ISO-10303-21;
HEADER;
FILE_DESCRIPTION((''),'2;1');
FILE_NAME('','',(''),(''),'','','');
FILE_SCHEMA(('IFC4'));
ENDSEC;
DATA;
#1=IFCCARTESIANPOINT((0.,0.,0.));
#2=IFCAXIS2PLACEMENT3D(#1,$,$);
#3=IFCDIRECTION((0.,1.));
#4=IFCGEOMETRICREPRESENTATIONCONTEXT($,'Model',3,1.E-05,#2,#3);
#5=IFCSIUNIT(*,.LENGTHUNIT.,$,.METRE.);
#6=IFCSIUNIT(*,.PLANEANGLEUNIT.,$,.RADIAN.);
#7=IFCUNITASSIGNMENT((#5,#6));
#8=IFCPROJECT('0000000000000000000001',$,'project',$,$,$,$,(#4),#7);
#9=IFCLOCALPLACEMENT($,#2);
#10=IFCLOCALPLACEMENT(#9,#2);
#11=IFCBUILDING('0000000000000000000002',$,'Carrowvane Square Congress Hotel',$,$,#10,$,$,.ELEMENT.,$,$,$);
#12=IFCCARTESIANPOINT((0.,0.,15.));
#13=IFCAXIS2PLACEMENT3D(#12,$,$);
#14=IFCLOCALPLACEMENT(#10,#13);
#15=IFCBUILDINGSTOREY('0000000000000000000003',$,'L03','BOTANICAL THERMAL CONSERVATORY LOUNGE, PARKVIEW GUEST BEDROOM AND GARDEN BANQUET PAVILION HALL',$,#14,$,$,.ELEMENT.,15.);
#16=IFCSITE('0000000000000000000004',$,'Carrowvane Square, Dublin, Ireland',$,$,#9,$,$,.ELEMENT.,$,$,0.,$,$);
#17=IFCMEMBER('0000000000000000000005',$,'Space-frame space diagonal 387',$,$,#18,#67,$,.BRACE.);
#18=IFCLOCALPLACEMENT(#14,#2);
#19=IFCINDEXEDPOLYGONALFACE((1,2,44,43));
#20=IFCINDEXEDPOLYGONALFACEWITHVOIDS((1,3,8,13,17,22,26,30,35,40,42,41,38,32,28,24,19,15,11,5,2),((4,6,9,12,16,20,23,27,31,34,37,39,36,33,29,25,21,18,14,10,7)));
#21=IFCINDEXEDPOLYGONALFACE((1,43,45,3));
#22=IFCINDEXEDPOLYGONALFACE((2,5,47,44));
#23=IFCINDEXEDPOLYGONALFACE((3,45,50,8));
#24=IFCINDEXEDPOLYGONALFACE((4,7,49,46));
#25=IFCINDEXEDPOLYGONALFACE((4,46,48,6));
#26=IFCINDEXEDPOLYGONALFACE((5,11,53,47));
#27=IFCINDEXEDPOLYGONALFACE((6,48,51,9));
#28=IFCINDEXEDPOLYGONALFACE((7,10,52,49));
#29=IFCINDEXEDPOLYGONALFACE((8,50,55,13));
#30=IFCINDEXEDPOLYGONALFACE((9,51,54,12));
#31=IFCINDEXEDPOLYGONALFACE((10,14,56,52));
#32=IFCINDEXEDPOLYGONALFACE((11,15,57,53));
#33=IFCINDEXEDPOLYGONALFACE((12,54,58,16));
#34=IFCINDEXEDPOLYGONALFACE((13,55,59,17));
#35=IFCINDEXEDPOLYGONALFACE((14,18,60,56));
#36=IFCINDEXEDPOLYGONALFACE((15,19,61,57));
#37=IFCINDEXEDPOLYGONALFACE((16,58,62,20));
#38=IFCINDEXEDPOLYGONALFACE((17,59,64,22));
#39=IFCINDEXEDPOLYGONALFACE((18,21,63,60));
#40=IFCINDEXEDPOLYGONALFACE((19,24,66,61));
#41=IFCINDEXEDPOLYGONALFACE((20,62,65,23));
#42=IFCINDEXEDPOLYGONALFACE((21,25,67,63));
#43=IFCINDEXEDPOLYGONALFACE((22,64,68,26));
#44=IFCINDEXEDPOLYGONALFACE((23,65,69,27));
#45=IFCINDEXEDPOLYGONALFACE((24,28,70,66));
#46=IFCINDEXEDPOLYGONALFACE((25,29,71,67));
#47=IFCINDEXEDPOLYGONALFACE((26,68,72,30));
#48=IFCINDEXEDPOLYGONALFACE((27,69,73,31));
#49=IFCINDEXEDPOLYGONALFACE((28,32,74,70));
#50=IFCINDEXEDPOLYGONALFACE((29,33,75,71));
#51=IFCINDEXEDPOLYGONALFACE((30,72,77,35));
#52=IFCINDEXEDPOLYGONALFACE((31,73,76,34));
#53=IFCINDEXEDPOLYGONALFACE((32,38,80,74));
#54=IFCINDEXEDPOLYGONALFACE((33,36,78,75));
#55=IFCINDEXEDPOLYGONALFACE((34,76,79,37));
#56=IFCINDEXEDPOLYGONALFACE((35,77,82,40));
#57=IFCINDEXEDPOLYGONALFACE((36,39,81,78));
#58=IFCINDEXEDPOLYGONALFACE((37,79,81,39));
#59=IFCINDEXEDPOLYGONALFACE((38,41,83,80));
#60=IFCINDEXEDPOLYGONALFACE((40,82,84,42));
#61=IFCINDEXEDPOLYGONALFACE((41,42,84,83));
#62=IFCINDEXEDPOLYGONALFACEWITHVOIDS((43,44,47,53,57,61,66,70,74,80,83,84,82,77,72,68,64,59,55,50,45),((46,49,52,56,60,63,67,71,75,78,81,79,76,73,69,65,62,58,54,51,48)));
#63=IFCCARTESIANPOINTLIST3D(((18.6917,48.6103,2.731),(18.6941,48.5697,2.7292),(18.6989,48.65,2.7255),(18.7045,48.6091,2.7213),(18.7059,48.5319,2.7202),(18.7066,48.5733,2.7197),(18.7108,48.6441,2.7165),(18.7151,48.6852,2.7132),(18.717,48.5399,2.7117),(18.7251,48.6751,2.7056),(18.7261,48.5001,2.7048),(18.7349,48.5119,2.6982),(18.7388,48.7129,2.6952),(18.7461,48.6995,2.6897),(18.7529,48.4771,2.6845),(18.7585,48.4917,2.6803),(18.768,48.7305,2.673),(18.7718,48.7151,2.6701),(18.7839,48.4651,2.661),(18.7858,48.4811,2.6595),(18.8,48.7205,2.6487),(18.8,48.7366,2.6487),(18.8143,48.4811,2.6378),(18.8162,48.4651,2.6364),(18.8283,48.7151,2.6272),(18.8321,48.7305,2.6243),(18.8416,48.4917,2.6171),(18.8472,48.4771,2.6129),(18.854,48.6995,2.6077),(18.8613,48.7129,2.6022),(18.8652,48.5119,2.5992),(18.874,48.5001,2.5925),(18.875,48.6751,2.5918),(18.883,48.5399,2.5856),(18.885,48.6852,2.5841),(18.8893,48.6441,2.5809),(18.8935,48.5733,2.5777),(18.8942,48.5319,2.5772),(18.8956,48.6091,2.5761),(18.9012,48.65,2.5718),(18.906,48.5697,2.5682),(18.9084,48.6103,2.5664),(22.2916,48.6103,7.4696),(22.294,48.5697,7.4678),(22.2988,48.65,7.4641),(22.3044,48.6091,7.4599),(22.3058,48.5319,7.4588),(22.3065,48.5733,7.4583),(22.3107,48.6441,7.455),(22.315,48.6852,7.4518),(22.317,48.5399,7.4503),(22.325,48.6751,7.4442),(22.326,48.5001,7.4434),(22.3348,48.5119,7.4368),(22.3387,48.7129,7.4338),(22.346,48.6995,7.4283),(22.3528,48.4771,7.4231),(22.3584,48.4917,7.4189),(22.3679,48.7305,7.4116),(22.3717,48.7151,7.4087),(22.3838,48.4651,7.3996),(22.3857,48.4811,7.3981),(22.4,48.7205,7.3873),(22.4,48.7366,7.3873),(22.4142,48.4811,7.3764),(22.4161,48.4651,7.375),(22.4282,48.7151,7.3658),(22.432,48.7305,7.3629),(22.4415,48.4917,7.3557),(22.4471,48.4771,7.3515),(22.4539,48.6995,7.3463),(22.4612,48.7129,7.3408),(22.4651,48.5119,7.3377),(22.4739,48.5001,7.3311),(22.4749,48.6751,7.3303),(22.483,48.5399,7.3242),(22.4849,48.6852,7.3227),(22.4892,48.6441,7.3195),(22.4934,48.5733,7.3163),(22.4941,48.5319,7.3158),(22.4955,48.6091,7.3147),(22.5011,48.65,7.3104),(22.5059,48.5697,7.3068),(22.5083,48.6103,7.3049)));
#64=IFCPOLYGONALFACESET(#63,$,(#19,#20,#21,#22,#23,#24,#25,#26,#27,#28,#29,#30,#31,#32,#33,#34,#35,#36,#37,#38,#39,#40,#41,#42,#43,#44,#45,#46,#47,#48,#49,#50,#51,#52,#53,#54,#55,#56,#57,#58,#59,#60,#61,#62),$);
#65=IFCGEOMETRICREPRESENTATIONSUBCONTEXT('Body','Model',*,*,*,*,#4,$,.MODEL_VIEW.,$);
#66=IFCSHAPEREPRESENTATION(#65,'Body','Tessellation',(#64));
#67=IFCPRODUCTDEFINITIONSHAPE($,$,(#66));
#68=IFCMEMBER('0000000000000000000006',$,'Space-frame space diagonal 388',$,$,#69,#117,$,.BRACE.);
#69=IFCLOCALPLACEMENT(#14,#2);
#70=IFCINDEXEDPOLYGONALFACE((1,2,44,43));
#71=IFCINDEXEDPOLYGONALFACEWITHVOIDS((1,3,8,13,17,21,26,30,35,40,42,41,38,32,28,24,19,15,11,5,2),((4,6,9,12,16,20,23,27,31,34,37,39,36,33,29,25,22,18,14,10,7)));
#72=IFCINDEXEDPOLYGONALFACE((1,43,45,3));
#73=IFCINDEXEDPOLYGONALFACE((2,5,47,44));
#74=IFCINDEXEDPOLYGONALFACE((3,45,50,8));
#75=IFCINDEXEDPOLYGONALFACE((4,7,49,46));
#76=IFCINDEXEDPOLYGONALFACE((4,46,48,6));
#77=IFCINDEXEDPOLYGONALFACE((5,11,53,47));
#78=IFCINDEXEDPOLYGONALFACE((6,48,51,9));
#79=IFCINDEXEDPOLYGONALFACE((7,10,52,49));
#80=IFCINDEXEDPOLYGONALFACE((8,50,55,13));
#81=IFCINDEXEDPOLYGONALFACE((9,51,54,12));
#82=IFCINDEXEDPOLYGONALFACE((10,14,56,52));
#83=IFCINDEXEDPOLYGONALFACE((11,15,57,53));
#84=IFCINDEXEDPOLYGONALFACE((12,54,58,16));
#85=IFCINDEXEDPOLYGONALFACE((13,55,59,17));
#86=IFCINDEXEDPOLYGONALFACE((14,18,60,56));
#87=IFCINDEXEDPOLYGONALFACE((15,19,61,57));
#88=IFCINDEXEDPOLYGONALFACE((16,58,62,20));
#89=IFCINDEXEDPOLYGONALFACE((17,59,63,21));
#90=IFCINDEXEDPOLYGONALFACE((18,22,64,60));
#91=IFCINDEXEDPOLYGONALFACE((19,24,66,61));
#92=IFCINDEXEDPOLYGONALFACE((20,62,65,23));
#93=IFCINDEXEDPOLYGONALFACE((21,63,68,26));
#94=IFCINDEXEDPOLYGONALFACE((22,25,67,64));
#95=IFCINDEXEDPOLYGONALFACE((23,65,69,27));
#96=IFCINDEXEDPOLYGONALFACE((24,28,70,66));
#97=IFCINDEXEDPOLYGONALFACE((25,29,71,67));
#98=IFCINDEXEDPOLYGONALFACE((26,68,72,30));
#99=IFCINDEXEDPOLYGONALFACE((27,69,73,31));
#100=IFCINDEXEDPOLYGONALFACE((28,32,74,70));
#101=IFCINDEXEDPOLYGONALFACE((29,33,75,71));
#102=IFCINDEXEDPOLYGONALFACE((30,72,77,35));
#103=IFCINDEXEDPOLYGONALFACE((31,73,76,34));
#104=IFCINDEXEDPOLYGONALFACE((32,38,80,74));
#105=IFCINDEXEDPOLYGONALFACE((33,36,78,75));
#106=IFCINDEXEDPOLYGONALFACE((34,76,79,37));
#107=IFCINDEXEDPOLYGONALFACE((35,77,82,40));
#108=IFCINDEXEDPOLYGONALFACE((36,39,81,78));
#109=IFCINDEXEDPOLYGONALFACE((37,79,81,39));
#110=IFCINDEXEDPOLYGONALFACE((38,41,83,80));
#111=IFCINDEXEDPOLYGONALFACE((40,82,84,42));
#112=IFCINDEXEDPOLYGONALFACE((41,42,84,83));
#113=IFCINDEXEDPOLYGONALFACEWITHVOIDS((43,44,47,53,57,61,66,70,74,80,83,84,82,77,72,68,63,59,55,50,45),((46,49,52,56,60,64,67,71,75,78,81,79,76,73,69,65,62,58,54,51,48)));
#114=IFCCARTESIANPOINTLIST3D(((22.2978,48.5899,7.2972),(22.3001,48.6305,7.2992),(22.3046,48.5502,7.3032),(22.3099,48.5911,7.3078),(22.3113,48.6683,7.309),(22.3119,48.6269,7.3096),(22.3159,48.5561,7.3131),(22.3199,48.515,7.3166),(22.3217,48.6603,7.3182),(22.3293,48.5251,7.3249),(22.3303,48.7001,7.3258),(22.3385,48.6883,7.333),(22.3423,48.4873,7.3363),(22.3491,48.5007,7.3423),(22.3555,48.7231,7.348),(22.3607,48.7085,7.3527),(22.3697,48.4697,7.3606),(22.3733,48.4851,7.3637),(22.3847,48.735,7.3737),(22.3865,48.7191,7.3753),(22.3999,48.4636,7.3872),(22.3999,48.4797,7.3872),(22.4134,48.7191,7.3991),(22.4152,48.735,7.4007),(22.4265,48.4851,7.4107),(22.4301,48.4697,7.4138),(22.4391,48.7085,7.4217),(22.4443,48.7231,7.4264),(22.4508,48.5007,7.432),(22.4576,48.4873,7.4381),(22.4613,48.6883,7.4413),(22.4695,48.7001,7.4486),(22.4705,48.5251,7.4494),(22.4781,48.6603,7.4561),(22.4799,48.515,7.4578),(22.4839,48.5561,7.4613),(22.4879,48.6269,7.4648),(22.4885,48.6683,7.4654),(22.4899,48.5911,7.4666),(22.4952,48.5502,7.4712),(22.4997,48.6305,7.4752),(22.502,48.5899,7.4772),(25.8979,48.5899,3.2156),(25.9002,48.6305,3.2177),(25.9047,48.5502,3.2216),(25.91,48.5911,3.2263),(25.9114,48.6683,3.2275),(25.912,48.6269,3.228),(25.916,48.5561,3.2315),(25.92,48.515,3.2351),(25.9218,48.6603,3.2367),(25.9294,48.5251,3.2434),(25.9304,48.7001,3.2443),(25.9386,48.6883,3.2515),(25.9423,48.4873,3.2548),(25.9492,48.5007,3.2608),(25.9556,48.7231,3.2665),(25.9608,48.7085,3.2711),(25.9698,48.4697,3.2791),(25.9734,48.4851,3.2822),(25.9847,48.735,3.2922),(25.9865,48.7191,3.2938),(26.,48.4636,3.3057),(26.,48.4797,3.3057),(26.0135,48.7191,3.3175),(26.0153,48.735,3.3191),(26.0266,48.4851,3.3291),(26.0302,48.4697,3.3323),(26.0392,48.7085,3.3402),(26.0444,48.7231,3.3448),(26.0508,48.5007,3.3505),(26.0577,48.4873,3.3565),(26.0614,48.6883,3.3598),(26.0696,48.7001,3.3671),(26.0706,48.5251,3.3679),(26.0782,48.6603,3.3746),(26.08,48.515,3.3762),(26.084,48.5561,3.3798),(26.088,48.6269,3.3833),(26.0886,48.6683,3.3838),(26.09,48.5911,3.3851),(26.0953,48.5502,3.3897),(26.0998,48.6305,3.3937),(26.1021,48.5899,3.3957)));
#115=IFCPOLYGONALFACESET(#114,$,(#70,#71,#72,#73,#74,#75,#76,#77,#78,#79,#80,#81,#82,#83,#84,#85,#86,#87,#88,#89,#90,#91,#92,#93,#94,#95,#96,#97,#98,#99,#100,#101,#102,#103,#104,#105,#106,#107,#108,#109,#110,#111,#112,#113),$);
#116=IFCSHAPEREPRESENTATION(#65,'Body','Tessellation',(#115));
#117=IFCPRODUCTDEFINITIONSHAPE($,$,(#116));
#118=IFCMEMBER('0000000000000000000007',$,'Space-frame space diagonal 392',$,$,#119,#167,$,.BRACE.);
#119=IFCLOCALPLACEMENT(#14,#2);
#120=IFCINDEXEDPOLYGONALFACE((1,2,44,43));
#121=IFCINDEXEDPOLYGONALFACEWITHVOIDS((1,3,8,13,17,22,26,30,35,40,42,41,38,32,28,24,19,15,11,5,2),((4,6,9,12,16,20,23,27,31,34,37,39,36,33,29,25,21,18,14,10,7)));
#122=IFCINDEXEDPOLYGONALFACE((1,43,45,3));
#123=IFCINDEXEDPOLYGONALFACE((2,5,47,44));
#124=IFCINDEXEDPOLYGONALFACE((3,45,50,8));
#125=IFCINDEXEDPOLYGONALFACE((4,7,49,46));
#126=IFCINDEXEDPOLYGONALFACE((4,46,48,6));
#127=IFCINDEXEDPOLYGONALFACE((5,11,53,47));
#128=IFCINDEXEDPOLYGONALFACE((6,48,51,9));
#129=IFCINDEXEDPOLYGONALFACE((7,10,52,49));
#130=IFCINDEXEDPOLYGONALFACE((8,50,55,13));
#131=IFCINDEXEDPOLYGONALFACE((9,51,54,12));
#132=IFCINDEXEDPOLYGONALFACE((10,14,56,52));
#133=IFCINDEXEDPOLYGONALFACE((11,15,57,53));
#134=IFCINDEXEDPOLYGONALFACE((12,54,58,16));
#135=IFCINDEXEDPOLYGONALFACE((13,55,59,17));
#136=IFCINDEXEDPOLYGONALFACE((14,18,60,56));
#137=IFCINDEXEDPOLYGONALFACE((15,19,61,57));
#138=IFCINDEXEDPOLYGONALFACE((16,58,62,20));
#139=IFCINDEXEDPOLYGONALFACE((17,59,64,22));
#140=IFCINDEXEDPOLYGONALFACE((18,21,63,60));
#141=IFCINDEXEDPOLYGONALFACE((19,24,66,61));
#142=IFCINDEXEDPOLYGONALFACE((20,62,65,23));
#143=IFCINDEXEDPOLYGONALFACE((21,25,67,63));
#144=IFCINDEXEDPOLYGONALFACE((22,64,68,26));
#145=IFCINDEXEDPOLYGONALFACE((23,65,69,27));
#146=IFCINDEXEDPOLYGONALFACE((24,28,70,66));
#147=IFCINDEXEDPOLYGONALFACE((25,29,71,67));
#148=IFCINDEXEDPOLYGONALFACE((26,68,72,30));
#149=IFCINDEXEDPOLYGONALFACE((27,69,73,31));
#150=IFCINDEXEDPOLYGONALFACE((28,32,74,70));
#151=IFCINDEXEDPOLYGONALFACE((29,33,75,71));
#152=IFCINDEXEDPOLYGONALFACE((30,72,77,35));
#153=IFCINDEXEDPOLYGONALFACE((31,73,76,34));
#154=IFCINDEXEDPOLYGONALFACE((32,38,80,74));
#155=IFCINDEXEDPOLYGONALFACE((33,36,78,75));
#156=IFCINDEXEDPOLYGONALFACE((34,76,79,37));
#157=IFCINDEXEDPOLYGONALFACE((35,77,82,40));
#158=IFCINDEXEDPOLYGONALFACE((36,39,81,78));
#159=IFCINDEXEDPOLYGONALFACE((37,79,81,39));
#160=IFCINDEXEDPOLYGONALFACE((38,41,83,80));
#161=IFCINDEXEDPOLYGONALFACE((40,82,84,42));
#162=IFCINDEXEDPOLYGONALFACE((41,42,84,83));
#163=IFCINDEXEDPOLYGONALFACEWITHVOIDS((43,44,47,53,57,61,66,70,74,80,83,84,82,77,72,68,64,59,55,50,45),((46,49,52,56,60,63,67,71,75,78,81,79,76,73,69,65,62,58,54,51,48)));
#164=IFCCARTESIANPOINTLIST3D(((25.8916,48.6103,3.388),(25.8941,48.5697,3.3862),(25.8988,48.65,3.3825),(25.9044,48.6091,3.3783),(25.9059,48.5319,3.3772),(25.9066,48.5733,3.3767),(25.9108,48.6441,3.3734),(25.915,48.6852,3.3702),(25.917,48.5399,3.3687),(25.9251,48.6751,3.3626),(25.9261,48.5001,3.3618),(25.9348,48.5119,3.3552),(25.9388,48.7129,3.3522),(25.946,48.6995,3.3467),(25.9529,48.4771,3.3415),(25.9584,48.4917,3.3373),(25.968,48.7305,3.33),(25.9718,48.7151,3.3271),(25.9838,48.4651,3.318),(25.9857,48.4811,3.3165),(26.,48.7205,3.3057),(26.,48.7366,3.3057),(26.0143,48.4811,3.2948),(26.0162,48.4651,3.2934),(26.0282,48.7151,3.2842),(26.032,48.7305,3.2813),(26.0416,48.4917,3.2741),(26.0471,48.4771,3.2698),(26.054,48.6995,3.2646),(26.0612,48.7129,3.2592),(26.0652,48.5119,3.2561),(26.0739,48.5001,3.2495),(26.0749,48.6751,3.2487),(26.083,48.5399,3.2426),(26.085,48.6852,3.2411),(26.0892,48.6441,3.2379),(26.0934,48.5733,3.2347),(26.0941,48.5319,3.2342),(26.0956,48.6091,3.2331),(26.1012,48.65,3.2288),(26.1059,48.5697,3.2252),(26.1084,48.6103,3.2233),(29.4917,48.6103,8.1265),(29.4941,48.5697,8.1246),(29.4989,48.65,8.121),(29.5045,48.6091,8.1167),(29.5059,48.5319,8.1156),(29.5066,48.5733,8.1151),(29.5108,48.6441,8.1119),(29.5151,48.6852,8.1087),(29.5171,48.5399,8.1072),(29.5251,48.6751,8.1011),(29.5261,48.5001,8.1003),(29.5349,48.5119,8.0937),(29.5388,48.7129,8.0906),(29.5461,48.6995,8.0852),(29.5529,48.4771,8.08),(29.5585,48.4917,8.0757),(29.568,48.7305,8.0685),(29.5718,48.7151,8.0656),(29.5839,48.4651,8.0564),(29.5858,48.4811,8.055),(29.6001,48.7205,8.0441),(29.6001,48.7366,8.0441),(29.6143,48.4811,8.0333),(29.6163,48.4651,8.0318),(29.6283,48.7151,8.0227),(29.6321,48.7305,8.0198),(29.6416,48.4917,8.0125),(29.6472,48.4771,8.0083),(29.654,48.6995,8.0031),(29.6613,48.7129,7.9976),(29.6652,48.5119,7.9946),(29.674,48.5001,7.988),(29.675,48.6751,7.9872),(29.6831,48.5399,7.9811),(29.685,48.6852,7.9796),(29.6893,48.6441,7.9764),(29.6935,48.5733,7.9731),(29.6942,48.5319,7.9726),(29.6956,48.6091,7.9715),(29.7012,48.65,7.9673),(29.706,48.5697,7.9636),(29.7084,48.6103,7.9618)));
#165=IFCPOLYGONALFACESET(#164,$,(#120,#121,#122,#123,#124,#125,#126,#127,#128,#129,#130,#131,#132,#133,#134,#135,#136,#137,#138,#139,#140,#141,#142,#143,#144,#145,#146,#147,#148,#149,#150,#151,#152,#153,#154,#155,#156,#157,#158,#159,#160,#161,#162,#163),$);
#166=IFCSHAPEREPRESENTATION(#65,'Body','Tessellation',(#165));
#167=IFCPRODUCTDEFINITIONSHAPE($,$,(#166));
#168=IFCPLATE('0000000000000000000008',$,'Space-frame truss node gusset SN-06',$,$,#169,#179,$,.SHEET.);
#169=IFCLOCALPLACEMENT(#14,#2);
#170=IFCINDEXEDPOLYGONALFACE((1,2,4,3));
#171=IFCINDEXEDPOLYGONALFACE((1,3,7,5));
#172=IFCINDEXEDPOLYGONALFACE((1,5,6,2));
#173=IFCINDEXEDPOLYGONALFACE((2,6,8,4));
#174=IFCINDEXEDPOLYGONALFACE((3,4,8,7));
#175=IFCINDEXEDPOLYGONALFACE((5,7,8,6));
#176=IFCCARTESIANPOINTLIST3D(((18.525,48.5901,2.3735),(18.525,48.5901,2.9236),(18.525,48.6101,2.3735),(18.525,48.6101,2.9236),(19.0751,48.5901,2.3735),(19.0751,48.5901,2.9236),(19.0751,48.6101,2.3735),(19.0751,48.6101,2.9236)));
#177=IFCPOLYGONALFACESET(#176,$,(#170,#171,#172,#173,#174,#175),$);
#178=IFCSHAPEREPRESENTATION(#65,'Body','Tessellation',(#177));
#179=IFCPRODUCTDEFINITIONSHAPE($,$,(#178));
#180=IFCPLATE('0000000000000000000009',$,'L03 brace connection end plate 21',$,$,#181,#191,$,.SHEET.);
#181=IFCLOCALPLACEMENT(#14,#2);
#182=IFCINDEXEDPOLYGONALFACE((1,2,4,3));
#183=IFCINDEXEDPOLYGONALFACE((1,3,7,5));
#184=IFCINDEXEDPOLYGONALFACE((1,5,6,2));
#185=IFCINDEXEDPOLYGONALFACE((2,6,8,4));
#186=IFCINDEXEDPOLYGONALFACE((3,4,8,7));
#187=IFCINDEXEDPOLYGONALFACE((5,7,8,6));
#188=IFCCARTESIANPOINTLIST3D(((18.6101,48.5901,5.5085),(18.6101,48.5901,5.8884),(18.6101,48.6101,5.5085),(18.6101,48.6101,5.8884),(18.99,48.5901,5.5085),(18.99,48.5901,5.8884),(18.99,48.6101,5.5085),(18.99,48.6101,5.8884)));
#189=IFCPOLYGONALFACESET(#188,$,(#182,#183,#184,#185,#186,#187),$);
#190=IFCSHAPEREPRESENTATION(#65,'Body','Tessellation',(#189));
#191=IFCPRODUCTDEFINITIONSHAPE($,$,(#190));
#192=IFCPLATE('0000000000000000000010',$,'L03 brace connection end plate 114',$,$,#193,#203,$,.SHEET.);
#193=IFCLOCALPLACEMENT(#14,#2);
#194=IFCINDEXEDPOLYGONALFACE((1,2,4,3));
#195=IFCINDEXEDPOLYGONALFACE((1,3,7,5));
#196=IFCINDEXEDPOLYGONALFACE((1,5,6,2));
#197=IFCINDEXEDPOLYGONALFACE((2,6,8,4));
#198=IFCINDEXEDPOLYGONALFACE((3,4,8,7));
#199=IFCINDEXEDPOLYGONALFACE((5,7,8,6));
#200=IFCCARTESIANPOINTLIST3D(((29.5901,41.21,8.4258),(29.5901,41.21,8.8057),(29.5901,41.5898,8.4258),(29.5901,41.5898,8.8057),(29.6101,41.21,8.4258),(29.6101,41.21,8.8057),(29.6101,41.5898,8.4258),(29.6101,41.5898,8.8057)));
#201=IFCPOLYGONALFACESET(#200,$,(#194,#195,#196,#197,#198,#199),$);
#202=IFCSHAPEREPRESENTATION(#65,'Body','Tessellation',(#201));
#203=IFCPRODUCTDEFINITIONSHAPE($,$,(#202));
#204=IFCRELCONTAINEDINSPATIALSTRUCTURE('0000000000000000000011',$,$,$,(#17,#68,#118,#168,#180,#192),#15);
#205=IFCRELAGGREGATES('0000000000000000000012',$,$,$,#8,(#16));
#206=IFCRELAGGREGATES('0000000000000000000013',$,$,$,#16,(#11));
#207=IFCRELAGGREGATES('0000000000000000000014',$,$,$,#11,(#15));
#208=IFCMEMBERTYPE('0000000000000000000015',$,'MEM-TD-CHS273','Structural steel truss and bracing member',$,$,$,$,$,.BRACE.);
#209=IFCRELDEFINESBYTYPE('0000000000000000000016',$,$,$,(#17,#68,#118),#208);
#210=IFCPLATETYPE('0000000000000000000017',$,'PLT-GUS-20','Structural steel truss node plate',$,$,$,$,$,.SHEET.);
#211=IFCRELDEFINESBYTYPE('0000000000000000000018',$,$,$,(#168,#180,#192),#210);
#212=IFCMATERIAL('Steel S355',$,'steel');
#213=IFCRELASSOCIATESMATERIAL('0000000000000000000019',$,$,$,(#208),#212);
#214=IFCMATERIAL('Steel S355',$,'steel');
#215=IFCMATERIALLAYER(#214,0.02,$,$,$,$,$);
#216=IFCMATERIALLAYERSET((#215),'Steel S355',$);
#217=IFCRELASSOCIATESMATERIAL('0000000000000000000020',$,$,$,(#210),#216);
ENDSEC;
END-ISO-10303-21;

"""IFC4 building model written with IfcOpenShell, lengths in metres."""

from ifc_helpers import new_model, si_unit, direction, frame, origin, origin_2d, place, context, subcontext, project, spatial, rectangle, hollow_circle, extrude, material, layer, layer_set, material_profile, profile_set, type_object, element, save


model = new_model("IFC4")

# Units and contexts
model_context = context("Model", 3, precision=1e-05, world=origin(), true_north=direction((0.0, 1.0)))
body_context = subcontext(model_context, "Body", "Model", "MODEL_VIEW")
ifc_project = project(units=[si_unit("LENGTHUNIT", "METRE"), si_unit("PLANEANGLEUNIT", "RADIAN")], contexts=[model_context])

# Site, building, storey
site_placement = place(None, origin())
site = spatial("IfcSite", under=ifc_project, at=site_placement, Name="Carrowvane Square, Dublin, Ireland", CompositionType="ELEMENT", RefElevation=0.0)
building_placement = place(site_placement, origin())
building = spatial("IfcBuilding", under=site, at=building_placement, Name="Carrowvane Square Congress Hotel", CompositionType="ELEMENT")
storey_placement = place(building_placement, frame((0.0, 0.0, 15.0)))
storey = spatial("IfcBuildingStorey", under=building, at=storey_placement, Name="L03", Description="BOTANICAL THERMAL CONSERVATORY LOUNGE, PARKVIEW GUEST BEDROOM AND GARDEN BANQUET PAVILION HALL", CompositionType="ELEMENT", Elevation=15.0)

# Members
ifc_material_1 = material(Name="Steel S355", Category="steel")
ifc_material_profile_1 = material_profile(ifc_material_1, hollow_circle(Radius=0.1365, WallThickness=0.0161, at=origin_2d()), Name="CHS 273.0x16")
ifc_profile_set_1 = profile_set([ifc_material_profile_1], Name="Steel S355")
member_type_1 = type_object("IfcMemberType", Name="MEM-TD-CHS273", Description="Structural steel truss and bracing member", PredefinedType="BRACE", material=ifc_profile_set_1)
member_1_placement = place(storey_placement, frame((18.8, 48.6001, 2.6487), z_axis=(0.604931, 0.0, 0.796278), x_axis=(0.0, 1.0, 0.0)))
element("IfcMember", 1, at=member_1_placement, inside=storey, type_object=member_type_1, Name="Space-frame space diagonal 387", PredefinedType="BRACE", context=body_context, shape_type="SweptSolid", body=[
    extrude(hollow_circle(Radius=0.1365, WallThickness=0.0161, at=origin_2d()), origin(), (0.0, 0.0, 1.0), 5.9509),
])
member_2_placement = place(storey_placement, frame((26.0, 48.6001, 3.3057), z_axis=(-0.661491, 0.0, 0.749953), x_axis=(0.0, -1.0, 0.0)))
element("IfcMember", 2, at=member_2_placement, inside=storey, type_object=member_type_1, Name="Space-frame space diagonal 388", PredefinedType="BRACE", context=body_context, shape_type="SweptSolid", body=[
    extrude(hollow_circle(Radius=0.1365, WallThickness=0.0161, at=origin_2d()), origin(), (0.0, 0.0, 1.0), 5.4424),
])
member_3_placement = place(storey_placement, frame((26.0, 48.6001, 3.3057), z_axis=(0.604957, 0.0, 0.796258), x_axis=(0.0, 1.0, 0.0)))
element("IfcMember", 3, at=member_3_placement, inside=storey, type_object=member_type_1, Name="Space-frame space diagonal 392", PredefinedType="BRACE", context=body_context, shape_type="SweptSolid", body=[
    extrude(hollow_circle(Radius=0.1365, WallThickness=0.0161, at=origin_2d()), origin(), (0.0, 0.0, 1.0), 5.9509),
])

# Plates
ifc_material_2 = material(Name="Steel S355", Category="steel")
ifc_layer_1 = layer(ifc_material_2, 0.02)
ifc_layer_set_1 = layer_set([ifc_layer_1], Name="Steel S355")
plate_type = type_object("IfcPlateType", Name="PLT-GUS-20", Description="Structural steel truss node plate", PredefinedType="SHEET", material=ifc_layer_set_1)
plate_1_placement = place(storey_placement, frame((18.8, 48.6001, 2.3735), z_axis=(0.0, 0.0, 1.0), x_axis=(1.0, 0.0, 0.0)))
element("IfcPlate", 4, at=plate_1_placement, inside=storey, type_object=plate_type, Name="Space-frame truss node gusset SN-06", PredefinedType="SHEET", context=body_context, shape_type="SweptSolid", body=[
    extrude(rectangle(XDim=0.55, YDim=0.02, at=origin_2d()), origin(), (0.0, 0.0, 1.0), 0.55),
])
plate_2_placement = place(storey_placement, frame((18.8, 48.6001, 5.5085), z_axis=(0.0, 0.0, 1.0), x_axis=(1.0, 0.0, 0.0)))
element("IfcPlate", 5, at=plate_2_placement, inside=storey, type_object=plate_type, Name="L03 brace connection end plate 21", PredefinedType="SHEET", context=body_context, shape_type="SweptSolid", body=[
    extrude(rectangle(XDim=0.3799, YDim=0.02, at=origin_2d()), origin(), (0.0, 0.0, 1.0), 0.3799),
])
for number, where, z_axis, x_axis, name in (
    (6, (29.6001, 41.3999, 8.4258), (0.0, 0.0, 1.0), (1.0, 0.0, 0.0), "L03 brace connection end plate 114"),
):
    element("IfcPlate", number, at=place(storey_placement, frame(where, z_axis=z_axis, x_axis=x_axis)), inside=storey, type_object=plate_type, Name=name, PredefinedType="SHEET", context=body_context, shape_type="SweptSolid", body=[
        extrude(rectangle(XDim=0.02, YDim=0.3799, at=origin_2d()), origin(), (0.0, 0.0, 1.0), 0.3799),
    ])

save(model, "model.ifc")
